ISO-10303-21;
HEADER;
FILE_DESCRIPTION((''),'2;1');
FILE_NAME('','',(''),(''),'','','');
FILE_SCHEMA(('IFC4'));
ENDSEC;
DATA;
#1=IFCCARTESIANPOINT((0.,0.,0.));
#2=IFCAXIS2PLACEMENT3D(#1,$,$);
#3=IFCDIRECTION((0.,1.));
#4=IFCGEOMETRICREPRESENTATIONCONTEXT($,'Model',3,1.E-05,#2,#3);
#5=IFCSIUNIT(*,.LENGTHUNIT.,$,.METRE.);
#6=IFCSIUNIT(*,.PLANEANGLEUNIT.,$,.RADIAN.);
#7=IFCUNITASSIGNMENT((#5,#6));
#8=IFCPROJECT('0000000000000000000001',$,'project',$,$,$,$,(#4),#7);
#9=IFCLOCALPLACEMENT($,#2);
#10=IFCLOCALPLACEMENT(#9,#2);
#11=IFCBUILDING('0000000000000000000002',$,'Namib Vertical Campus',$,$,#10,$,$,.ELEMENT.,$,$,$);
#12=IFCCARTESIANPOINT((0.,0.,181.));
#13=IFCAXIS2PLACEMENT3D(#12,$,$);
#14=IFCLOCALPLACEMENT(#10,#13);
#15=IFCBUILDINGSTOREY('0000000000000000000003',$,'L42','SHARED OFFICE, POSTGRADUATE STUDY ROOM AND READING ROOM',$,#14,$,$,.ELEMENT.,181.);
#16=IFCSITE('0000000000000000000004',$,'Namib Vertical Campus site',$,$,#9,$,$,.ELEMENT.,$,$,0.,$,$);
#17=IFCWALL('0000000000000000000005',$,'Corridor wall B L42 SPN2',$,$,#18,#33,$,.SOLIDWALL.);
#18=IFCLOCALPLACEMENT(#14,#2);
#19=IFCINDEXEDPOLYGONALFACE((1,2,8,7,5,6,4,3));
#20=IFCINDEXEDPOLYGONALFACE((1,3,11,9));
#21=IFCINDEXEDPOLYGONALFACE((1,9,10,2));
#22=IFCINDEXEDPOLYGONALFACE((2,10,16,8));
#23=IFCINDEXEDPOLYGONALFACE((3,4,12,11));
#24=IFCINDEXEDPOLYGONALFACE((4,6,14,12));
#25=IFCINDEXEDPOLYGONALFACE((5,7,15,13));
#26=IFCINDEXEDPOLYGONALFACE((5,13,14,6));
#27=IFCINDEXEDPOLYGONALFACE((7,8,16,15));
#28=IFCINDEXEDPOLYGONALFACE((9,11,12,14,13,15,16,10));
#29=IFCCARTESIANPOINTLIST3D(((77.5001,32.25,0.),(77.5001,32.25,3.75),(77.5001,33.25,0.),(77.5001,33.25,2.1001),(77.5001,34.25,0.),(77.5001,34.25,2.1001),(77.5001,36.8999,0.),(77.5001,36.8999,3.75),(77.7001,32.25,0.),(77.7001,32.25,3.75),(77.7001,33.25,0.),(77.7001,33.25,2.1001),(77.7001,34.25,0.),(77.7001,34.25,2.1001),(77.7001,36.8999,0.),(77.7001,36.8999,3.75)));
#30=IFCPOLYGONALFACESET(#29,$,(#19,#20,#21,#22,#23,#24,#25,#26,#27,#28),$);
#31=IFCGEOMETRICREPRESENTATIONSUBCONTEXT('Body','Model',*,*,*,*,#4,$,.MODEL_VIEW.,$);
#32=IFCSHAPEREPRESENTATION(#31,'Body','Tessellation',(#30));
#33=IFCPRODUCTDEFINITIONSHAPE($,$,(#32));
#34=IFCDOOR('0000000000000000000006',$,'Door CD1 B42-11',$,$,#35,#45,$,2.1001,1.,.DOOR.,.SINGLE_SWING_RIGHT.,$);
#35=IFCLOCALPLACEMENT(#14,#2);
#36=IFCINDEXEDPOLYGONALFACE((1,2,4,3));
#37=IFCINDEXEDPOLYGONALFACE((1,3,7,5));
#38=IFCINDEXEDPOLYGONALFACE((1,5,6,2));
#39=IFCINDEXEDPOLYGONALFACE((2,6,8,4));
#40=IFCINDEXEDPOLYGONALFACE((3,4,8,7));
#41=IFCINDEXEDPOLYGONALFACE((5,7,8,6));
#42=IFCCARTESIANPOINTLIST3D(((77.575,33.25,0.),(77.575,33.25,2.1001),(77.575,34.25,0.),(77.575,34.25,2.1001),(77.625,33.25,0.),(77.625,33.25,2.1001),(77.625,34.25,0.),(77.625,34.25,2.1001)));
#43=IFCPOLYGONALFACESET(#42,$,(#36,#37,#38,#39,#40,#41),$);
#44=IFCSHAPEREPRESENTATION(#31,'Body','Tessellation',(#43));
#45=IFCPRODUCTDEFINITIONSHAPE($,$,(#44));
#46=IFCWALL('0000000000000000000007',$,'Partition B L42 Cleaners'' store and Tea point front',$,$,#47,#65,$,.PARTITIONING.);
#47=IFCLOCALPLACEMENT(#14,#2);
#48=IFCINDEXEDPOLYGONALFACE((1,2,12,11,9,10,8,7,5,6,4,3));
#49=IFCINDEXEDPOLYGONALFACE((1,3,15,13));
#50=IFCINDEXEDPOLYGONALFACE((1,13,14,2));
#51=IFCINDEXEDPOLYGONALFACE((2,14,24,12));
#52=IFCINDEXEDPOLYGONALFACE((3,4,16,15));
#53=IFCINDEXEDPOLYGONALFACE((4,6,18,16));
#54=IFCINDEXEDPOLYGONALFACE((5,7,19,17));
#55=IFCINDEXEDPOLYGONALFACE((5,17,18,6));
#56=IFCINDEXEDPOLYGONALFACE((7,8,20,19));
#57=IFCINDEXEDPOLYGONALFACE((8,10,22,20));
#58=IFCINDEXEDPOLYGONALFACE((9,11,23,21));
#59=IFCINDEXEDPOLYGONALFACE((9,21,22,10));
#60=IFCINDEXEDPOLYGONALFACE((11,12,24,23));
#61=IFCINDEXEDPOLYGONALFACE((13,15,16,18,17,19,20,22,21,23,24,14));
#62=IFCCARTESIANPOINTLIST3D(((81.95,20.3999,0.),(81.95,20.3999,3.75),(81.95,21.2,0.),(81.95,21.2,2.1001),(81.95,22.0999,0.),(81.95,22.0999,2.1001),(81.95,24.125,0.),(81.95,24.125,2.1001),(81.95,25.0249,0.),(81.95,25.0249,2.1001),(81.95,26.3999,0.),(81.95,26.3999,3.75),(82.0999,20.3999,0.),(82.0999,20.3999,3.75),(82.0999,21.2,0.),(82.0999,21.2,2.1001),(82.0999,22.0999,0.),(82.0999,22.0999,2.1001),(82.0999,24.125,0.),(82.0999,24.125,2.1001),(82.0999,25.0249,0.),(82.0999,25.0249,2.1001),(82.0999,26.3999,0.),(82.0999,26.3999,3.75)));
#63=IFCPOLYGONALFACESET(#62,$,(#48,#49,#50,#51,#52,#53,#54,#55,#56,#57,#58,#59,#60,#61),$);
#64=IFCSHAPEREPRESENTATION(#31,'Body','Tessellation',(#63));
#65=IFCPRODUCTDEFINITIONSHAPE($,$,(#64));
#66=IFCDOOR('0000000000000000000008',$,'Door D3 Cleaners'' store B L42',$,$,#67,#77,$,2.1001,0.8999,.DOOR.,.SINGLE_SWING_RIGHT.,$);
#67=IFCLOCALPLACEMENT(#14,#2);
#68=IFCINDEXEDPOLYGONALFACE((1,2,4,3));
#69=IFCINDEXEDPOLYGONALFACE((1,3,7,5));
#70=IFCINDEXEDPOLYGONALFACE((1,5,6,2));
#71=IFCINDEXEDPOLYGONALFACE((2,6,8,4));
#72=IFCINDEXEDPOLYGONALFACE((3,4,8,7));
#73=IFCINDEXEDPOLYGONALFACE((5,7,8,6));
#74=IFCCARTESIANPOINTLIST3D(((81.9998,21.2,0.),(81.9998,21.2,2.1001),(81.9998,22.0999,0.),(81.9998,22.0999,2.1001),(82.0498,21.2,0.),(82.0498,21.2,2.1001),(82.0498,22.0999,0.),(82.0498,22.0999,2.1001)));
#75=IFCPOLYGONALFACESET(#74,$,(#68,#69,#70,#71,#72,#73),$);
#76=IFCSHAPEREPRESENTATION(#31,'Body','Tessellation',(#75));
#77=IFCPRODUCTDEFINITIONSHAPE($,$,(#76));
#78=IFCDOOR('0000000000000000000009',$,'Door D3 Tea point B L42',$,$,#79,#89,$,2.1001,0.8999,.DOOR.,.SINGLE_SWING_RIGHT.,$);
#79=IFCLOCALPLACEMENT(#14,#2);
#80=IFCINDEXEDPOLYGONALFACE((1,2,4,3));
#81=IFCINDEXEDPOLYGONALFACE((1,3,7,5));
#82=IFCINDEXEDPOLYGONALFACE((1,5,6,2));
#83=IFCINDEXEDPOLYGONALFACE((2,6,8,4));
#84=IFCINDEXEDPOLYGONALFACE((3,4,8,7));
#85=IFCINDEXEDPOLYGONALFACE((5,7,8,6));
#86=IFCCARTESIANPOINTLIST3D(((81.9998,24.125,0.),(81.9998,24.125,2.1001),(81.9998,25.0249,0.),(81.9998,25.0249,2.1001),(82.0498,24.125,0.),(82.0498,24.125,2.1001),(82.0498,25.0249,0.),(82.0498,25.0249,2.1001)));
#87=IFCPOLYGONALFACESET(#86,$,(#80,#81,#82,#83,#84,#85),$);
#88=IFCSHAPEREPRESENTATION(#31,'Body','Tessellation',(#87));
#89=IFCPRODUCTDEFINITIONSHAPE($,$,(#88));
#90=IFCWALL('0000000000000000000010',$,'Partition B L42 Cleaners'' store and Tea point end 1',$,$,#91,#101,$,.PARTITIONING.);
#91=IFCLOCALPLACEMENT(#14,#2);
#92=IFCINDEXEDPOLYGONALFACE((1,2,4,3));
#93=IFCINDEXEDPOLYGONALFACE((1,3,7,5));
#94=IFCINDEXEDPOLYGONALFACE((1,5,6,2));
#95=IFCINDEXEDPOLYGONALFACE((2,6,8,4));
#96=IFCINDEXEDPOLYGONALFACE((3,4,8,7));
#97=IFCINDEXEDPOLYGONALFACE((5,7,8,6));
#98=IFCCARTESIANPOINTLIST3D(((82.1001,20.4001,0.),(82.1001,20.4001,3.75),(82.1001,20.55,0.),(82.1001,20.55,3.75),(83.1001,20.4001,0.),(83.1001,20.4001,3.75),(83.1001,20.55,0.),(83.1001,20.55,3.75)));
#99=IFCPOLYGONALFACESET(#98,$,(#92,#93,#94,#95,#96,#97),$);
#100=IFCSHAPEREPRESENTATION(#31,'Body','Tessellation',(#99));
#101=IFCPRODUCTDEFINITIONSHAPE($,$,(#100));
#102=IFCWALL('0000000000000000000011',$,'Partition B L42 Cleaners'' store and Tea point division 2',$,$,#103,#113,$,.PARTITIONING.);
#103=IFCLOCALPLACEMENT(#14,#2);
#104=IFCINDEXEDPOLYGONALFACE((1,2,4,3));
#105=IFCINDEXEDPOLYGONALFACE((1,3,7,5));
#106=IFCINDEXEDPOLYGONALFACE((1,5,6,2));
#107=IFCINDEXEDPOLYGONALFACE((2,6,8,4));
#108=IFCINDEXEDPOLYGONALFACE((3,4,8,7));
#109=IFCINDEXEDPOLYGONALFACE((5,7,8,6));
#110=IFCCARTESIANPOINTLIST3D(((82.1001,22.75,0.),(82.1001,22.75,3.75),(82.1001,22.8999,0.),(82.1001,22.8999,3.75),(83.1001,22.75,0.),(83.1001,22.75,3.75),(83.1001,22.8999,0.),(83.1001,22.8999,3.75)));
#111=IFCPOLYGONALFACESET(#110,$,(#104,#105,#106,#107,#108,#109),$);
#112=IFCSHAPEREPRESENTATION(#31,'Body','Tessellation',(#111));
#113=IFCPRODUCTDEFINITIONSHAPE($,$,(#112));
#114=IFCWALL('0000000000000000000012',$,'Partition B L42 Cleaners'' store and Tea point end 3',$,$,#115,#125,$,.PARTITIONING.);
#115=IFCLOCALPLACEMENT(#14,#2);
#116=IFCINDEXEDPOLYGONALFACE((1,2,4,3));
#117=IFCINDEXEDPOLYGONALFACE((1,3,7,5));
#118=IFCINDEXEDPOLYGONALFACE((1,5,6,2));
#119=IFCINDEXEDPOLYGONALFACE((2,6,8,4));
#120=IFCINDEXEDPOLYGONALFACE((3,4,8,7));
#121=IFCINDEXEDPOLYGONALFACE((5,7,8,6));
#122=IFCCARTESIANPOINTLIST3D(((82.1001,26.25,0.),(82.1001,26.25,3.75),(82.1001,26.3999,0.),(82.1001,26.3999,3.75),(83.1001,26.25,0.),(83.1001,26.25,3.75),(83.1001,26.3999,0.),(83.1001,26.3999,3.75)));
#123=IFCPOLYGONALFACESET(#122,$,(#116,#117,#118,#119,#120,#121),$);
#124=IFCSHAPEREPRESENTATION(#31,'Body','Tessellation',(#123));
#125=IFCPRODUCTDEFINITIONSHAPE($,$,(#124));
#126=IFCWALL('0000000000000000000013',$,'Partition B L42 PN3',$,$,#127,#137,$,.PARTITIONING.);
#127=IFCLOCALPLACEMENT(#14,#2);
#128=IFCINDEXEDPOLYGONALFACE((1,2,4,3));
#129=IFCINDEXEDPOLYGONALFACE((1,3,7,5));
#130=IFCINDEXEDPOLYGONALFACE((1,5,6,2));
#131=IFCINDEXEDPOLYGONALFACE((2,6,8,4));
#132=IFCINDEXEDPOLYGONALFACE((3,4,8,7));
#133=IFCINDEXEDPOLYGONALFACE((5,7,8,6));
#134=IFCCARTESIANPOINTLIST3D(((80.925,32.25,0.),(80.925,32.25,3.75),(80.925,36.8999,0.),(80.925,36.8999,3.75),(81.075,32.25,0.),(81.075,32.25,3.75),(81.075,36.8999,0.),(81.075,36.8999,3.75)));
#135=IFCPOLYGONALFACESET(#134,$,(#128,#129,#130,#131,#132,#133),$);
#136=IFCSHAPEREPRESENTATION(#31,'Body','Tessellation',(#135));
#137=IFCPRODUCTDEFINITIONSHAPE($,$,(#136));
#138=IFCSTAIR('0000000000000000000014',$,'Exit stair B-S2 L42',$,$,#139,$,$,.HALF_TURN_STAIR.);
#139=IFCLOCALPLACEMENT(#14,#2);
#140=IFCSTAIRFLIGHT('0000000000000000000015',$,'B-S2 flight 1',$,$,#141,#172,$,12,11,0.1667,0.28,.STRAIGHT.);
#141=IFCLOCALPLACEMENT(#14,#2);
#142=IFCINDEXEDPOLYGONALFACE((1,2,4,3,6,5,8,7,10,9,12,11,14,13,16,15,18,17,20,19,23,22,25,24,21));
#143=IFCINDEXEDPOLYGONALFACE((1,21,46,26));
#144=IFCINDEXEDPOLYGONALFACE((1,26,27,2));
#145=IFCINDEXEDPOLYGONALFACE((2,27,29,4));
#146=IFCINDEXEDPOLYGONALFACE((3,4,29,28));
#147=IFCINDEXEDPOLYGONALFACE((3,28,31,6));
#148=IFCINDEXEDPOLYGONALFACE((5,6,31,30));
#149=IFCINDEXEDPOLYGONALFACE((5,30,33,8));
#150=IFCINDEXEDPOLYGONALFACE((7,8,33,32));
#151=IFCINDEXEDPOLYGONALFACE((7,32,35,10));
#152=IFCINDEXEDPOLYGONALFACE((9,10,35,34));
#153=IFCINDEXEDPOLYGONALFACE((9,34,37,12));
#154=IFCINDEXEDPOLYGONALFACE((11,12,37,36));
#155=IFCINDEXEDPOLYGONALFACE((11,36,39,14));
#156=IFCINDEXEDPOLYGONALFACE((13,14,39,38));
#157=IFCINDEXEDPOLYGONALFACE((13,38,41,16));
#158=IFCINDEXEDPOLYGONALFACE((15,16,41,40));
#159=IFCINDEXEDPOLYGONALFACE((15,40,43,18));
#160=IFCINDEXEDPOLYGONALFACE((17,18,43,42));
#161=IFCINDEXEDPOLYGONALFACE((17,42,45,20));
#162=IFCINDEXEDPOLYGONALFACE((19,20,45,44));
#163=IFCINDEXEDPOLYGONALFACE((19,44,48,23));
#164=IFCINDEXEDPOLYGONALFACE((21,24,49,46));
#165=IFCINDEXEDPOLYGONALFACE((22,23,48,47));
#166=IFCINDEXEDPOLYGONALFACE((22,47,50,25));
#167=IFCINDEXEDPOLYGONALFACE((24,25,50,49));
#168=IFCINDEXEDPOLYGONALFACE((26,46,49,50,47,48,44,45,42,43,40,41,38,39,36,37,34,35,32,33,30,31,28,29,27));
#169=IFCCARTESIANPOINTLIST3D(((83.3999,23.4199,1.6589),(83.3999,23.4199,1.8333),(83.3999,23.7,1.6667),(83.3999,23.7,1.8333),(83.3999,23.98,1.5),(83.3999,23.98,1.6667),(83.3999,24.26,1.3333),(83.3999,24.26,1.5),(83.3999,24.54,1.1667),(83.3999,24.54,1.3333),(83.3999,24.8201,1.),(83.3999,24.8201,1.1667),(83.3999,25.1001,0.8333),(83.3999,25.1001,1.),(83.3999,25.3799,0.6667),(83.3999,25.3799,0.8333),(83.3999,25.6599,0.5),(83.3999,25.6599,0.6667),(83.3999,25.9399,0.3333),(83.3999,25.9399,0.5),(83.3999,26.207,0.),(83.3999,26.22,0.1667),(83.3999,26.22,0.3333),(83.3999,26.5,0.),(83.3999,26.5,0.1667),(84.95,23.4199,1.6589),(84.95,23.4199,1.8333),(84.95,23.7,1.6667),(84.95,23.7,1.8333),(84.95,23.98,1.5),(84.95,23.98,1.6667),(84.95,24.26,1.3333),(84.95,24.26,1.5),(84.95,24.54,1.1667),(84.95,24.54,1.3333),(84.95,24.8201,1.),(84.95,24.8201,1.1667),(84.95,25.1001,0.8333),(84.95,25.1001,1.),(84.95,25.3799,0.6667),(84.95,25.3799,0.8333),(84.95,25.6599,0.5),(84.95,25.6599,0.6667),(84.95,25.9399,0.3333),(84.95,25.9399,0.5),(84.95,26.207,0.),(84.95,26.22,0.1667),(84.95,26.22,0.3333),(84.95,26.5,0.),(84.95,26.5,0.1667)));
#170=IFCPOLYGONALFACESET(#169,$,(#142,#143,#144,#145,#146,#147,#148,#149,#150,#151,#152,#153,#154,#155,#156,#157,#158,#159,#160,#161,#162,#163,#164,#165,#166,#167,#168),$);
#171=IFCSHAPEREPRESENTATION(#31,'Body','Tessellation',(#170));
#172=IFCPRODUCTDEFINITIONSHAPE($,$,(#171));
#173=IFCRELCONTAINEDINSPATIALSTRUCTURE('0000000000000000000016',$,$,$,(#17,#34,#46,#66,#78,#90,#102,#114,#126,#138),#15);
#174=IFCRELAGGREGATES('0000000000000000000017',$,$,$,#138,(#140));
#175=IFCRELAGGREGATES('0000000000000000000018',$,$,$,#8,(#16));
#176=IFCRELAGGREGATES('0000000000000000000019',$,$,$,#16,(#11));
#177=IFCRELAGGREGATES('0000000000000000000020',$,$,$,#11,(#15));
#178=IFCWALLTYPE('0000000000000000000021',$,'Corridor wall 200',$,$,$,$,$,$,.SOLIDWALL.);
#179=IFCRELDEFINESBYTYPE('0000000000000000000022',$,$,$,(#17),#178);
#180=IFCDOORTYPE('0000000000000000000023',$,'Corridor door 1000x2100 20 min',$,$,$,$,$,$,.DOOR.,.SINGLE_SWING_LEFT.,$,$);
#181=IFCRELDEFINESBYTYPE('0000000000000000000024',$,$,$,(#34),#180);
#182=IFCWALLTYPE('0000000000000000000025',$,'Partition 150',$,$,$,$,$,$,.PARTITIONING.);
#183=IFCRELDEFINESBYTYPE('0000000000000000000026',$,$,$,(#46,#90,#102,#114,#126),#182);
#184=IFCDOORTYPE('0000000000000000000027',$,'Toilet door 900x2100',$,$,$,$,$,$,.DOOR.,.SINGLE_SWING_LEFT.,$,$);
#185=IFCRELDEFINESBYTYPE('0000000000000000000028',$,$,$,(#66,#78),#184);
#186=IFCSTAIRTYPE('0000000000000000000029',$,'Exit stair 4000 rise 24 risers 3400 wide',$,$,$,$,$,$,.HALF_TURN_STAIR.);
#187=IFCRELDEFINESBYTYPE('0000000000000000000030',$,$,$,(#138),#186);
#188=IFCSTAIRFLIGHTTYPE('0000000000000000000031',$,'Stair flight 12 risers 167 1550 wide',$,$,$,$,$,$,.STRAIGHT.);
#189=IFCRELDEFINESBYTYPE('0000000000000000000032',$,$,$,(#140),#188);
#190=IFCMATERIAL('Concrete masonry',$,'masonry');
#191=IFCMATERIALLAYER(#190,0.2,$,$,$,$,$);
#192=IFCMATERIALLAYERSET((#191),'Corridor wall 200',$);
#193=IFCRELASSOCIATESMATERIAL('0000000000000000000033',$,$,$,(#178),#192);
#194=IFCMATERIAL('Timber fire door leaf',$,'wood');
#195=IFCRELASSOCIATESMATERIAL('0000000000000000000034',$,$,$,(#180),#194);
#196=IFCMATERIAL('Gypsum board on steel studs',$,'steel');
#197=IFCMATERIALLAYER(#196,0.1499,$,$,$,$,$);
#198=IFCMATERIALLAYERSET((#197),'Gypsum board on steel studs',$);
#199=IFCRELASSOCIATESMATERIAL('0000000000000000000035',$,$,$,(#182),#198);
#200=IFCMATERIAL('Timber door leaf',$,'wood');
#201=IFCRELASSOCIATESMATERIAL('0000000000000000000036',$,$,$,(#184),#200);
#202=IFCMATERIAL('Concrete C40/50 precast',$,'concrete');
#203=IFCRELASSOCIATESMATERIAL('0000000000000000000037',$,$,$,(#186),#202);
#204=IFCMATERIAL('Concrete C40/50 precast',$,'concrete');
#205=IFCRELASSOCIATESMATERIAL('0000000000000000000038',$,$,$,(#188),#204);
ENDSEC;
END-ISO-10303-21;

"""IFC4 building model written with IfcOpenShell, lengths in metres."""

from ifc_helpers import new_model, si_unit, direction, frame, frame_2d, origin, place, context, subcontext, project, spatial, polyline, rectangle, outline, extrude, material, layer, layer_set, type_object, element, fill, aggregate, save


model = new_model("IFC4")

# Units and contexts
model_context = context("Model", 3, precision=1e-05, world=origin(), true_north=direction((0.0, 1.0)))
body_context = subcontext(model_context, "Body", "Model", "MODEL_VIEW")
ifc_project = project(units=[si_unit("LENGTHUNIT", "METRE"), si_unit("PLANEANGLEUNIT", "RADIAN")], contexts=[model_context])

# Site, building, storey
site_placement = place(None, origin())
site = spatial("IfcSite", under=ifc_project, at=site_placement, Name="Namib Vertical Campus site", CompositionType="ELEMENT", RefElevation=0.0)
building_placement = place(site_placement, origin())
building = spatial("IfcBuilding", under=site, at=building_placement, Name="Namib Vertical Campus", CompositionType="ELEMENT")
storey_placement = place(building_placement, frame((0.0, 0.0, 181.0)))
storey = spatial("IfcBuildingStorey", under=building, at=storey_placement, Name="L42", Description="SHARED OFFICE, POSTGRADUATE STUDY ROOM AND READING ROOM", CompositionType="ELEMENT", Elevation=181.0)

# Wall, opening, door
ifc_material_1 = material(Name="Concrete masonry", Category="masonry")
ifc_layer_1 = layer(ifc_material_1, 0.2)
ifc_layer_set_1 = layer_set([ifc_layer_1], Name="Corridor wall 200")
wall_type_1 = type_object("IfcWallType", Name="Corridor wall 200", PredefinedType="SOLIDWALL", material=ifc_layer_set_1)
ifc_material_2 = material(Name="Timber fire door leaf", Category="wood")
door_type_1 = type_object("IfcDoorType", Name="Corridor door 1000x2100 20 min", OperationType="SINGLE_SWING_LEFT", PredefinedType="DOOR", material=ifc_material_2)
wall_1_placement = place(storey_placement, frame((77.6001, 36.8999, 0.0), z_axis=(0.0, 0.0, 1.0), x_axis=(0.0, -1.0, 0.0)))
wall_1 = element("IfcWall", 1, at=wall_1_placement, inside=storey, type_object=wall_type_1, Name="Corridor wall B L42 SPN2", PredefinedType="SOLIDWALL", context=body_context, shape_type="SweptSolid", body=[
    extrude(rectangle(XDim=4.6499, YDim=0.2, at=frame_2d((2.325, 0.0))), origin(), (0.0, 0.0, 1.0), 3.75),
])
opening_1_placement = place(wall_1_placement, frame((2.6499, 0.0, 0.0)))
opening_1 = element("IfcOpeningElement", 2, at=opening_1_placement, cuts=wall_1, PredefinedType="OPENING", context=body_context, shape_type="SweptSolid", body=[
    extrude(rectangle(XDim=1.0, YDim=2.1001, at=frame_2d((0.5, 1.05))), frame((0.0, 0.1099, 0.0), z_axis=(0.0, -1.0, 0.0), x_axis=(1.0, 0.0, 0.0)), (0.0, 0.0, 1.0), 0.22),
])
door_1_placement = place(opening_1_placement, origin())
door_1 = element("IfcDoor", 3, at=door_1_placement, inside=storey, type_object=door_type_1, Name="Door CD1 B42-11", OperationType="SINGLE_SWING_RIGHT", OverallHeight=2.1001, OverallWidth=1.0, PredefinedType="DOOR", context=body_context, shape_type="SweptSolid", body=[
    extrude(rectangle(XDim=1.0, YDim=2.1001, at=frame_2d((0.5, 1.05))), frame((0.0, 0.0249, 0.0), z_axis=(0.0, -1.0, 0.0), x_axis=(1.0, 0.0, 0.0)), (0.0, 0.0, 1.0), 0.05),
])
fill(opening_1, door_1)

# Wall, openings, doors
ifc_material_3 = material(Name="Gypsum board on steel studs", Category="steel")
ifc_layer_2 = layer(ifc_material_3, 0.1499)
ifc_layer_set_2 = layer_set([ifc_layer_2], Name="Gypsum board on steel studs")
wall_type_2 = type_object("IfcWallType", Name="Partition 150", PredefinedType="PARTITIONING", material=ifc_layer_set_2)
wall_2_placement = place(storey_placement, frame((82.0249, 20.3999, 0.0), z_axis=(0.0, 0.0, 1.0), x_axis=(0.0, 1.0, 0.0)))
wall_2 = element("IfcWall", 4, at=wall_2_placement, inside=storey, type_object=wall_type_2, Name="Partition B L42 Cleaners' store and Tea point front", PredefinedType="PARTITIONING", context=body_context, shape_type="SweptSolid", body=[
    extrude(rectangle(XDim=6.0, YDim=0.1499, at=frame_2d((3.0, 0.0))), origin(), (0.0, 0.0, 1.0), 3.75),
])
opening_2_placement = place(wall_2_placement, frame((0.8, 0.0, 0.0)))
opening_2 = element("IfcOpeningElement", 5, at=opening_2_placement, cuts=wall_2, PredefinedType="OPENING", context=body_context, shape_type="SweptSolid", body=[
    extrude(rectangle(XDim=0.8999, YDim=2.1001, at=frame_2d((0.45, 1.05))), frame((0.0, 0.085, 0.0), z_axis=(0.0, -1.0, 0.0), x_axis=(1.0, 0.0, 0.0)), (0.0, 0.0, 1.0), 0.1699),
])
opening_3_placement = place(wall_2_placement, frame((3.7251, 0.0, 0.0)))
opening_3 = element("IfcOpeningElement", 6, at=opening_3_placement, cuts=wall_2, PredefinedType="OPENING", context=body_context, shape_type="SweptSolid", body=[
    extrude(rectangle(XDim=0.8999, YDim=2.1001, at=frame_2d((0.45, 1.05))), frame((0.0, 0.085, 0.0), z_axis=(0.0, -1.0, 0.0), x_axis=(1.0, 0.0, 0.0)), (0.0, 0.0, 1.0), 0.1699),
])
ifc_material_4 = material(Name="Timber door leaf", Category="wood")
door_type_2 = type_object("IfcDoorType", Name="Toilet door 900x2100", OperationType="SINGLE_SWING_LEFT", PredefinedType="DOOR", material=ifc_material_4)
door_2_placement = place(opening_2_placement, frame((0.8999, 0.0, 0.0), z_axis=(0.0, 0.0, 1.0), x_axis=(-1.0, 0.0, 0.0)))
door_2 = element("IfcDoor", 7, at=door_2_placement, inside=storey, type_object=door_type_2, Name="Door D3 Cleaners' store B L42", OperationType="SINGLE_SWING_RIGHT", OverallHeight=2.1001, OverallWidth=0.8999, PredefinedType="DOOR", context=body_context, shape_type="SweptSolid", body=[
    extrude(rectangle(XDim=0.8999, YDim=2.1001, at=frame_2d((0.45, 1.05))), frame((0.0, 0.0249, 0.0), z_axis=(0.0, -1.0, 0.0), x_axis=(1.0, 0.0, 0.0)), (0.0, 0.0, 1.0), 0.05),
])
fill(opening_2, door_2)
door_3_placement = place(opening_3_placement, frame((0.8999, 0.0, 0.0), z_axis=(0.0, 0.0, 1.0), x_axis=(-1.0, 0.0, 0.0)))
door_3 = element("IfcDoor", 8, at=door_3_placement, inside=storey, type_object=door_type_2, Name="Door D3 Tea point B L42", OperationType="SINGLE_SWING_RIGHT", OverallHeight=2.1001, OverallWidth=0.8999, PredefinedType="DOOR", context=body_context, shape_type="SweptSolid", body=[
    extrude(rectangle(XDim=0.8999, YDim=2.1001, at=frame_2d((0.45, 1.05))), frame((0.0, 0.0249, 0.0), z_axis=(0.0, -1.0, 0.0), x_axis=(1.0, 0.0, 0.0)), (0.0, 0.0, 1.0), 0.05),
])
fill(opening_3, door_3)

# Walls
for number, where, z_axis, x_axis, name in (
    (9, (82.1001, 20.4751, 0.0), (0.0, 0.0, 1.0), (1.0, 0.0, 0.0), "Partition B L42 Cleaners' store and Tea point end 1"),
    (10, (82.1001, 22.825, 0.0), (0.0, 0.0, 1.0), (1.0, 0.0, 0.0), "Partition B L42 Cleaners' store and Tea point division 2"),
    (11, (82.1001, 26.325, 0.0), (0.0, 0.0, 1.0), (1.0, 0.0, 0.0), "Partition B L42 Cleaners' store and Tea point end 3"),
):
    element("IfcWall", number, at=place(storey_placement, frame(where, z_axis=z_axis, x_axis=x_axis)), inside=storey, type_object=wall_type_2, Name=name, PredefinedType="PARTITIONING", context=body_context, shape_type="SweptSolid", body=[
        extrude(rectangle(XDim=1.0, YDim=0.1499, at=frame_2d((0.5, 0.0))), origin(), (0.0, 0.0, 1.0), 3.75),
    ])
wall_3_placement = place(storey_placement, frame((81.0, 32.25, 0.0), z_axis=(0.0, 0.0, 1.0), x_axis=(0.0, 1.0, 0.0)))
element("IfcWall", 12, at=wall_3_placement, inside=storey, type_object=wall_type_2, Name="Partition B L42 PN3", PredefinedType="PARTITIONING", context=body_context, shape_type="SweptSolid", body=[
    extrude(rectangle(XDim=4.6499, YDim=0.1499, at=frame_2d((2.325, 0.0))), origin(), (0.0, 0.0, 1.0), 3.75),
])

# Stair, stair flight
ifc_material_5 = material(Name="Concrete C40/50 precast", Category="concrete")
stair_type = type_object("IfcStairType", Name="Exit stair 4000 rise 24 risers 3400 wide", PredefinedType="HALF_TURN_STAIR", material=ifc_material_5)
stair_placement = place(storey_placement, origin())
stair = element("IfcStair", 13, at=stair_placement, inside=storey, type_object=stair_type, Name="Exit stair B-S2 L42", PredefinedType="HALF_TURN_STAIR")
ifc_material_6 = material(Name="Concrete C40/50 precast", Category="concrete")
stair_flight_type = type_object("IfcStairFlightType", Name="Stair flight 12 risers 167 1550 wide", PredefinedType="STRAIGHT", material=ifc_material_6)
stair_flight_placement = place(storey_placement, frame((84.175, 26.5, 0.0), z_axis=(0.0, 0.0, 1.0), x_axis=(0.0, -1.0, 0.0)))
stair_flight = element("IfcStairFlight", 14, at=stair_flight_placement, type_object=stair_flight_type, Name="B-S2 flight 1", NumberOfRisers=12, NumberOfTreads=11, PredefinedType="STRAIGHT", RiserHeight=0.1667, TreadLength=0.28, context=body_context, shape_type="SweptSolid", body=[
    extrude(outline(polyline([(0.0, 0.0), (0.0, 0.1667), (0.28, 0.1667), (0.28, 0.3333), (0.5601, 0.3333), (0.5601, 0.5), (0.8401, 0.5), (0.8401, 0.6667), (1.1201, 0.6667), (1.1201, 0.8333), (1.3999, 0.8333), (1.3999, 1.0), (1.6799, 1.0), (1.6799, 1.1667), (1.96, 1.1667), (1.96, 1.3333), (2.24, 1.3333), (2.24, 1.5), (2.52, 1.5), (2.52, 1.6667), (2.8, 1.6667), (2.8, 1.8333), (3.0801, 1.8333), (3.0801, 2.0), (3.0801, 1.6589), (0.293, 0.0), (0.0, 0.0)])), frame((0.0, 0.7749, 0.0), z_axis=(0.0, -1.0, 0.0), x_axis=(1.0, 0.0, 0.0)), (0.0, 0.0, 1.0), 1.55),
])
aggregate(stair, [stair_flight])

save(model, "model.ifc")
